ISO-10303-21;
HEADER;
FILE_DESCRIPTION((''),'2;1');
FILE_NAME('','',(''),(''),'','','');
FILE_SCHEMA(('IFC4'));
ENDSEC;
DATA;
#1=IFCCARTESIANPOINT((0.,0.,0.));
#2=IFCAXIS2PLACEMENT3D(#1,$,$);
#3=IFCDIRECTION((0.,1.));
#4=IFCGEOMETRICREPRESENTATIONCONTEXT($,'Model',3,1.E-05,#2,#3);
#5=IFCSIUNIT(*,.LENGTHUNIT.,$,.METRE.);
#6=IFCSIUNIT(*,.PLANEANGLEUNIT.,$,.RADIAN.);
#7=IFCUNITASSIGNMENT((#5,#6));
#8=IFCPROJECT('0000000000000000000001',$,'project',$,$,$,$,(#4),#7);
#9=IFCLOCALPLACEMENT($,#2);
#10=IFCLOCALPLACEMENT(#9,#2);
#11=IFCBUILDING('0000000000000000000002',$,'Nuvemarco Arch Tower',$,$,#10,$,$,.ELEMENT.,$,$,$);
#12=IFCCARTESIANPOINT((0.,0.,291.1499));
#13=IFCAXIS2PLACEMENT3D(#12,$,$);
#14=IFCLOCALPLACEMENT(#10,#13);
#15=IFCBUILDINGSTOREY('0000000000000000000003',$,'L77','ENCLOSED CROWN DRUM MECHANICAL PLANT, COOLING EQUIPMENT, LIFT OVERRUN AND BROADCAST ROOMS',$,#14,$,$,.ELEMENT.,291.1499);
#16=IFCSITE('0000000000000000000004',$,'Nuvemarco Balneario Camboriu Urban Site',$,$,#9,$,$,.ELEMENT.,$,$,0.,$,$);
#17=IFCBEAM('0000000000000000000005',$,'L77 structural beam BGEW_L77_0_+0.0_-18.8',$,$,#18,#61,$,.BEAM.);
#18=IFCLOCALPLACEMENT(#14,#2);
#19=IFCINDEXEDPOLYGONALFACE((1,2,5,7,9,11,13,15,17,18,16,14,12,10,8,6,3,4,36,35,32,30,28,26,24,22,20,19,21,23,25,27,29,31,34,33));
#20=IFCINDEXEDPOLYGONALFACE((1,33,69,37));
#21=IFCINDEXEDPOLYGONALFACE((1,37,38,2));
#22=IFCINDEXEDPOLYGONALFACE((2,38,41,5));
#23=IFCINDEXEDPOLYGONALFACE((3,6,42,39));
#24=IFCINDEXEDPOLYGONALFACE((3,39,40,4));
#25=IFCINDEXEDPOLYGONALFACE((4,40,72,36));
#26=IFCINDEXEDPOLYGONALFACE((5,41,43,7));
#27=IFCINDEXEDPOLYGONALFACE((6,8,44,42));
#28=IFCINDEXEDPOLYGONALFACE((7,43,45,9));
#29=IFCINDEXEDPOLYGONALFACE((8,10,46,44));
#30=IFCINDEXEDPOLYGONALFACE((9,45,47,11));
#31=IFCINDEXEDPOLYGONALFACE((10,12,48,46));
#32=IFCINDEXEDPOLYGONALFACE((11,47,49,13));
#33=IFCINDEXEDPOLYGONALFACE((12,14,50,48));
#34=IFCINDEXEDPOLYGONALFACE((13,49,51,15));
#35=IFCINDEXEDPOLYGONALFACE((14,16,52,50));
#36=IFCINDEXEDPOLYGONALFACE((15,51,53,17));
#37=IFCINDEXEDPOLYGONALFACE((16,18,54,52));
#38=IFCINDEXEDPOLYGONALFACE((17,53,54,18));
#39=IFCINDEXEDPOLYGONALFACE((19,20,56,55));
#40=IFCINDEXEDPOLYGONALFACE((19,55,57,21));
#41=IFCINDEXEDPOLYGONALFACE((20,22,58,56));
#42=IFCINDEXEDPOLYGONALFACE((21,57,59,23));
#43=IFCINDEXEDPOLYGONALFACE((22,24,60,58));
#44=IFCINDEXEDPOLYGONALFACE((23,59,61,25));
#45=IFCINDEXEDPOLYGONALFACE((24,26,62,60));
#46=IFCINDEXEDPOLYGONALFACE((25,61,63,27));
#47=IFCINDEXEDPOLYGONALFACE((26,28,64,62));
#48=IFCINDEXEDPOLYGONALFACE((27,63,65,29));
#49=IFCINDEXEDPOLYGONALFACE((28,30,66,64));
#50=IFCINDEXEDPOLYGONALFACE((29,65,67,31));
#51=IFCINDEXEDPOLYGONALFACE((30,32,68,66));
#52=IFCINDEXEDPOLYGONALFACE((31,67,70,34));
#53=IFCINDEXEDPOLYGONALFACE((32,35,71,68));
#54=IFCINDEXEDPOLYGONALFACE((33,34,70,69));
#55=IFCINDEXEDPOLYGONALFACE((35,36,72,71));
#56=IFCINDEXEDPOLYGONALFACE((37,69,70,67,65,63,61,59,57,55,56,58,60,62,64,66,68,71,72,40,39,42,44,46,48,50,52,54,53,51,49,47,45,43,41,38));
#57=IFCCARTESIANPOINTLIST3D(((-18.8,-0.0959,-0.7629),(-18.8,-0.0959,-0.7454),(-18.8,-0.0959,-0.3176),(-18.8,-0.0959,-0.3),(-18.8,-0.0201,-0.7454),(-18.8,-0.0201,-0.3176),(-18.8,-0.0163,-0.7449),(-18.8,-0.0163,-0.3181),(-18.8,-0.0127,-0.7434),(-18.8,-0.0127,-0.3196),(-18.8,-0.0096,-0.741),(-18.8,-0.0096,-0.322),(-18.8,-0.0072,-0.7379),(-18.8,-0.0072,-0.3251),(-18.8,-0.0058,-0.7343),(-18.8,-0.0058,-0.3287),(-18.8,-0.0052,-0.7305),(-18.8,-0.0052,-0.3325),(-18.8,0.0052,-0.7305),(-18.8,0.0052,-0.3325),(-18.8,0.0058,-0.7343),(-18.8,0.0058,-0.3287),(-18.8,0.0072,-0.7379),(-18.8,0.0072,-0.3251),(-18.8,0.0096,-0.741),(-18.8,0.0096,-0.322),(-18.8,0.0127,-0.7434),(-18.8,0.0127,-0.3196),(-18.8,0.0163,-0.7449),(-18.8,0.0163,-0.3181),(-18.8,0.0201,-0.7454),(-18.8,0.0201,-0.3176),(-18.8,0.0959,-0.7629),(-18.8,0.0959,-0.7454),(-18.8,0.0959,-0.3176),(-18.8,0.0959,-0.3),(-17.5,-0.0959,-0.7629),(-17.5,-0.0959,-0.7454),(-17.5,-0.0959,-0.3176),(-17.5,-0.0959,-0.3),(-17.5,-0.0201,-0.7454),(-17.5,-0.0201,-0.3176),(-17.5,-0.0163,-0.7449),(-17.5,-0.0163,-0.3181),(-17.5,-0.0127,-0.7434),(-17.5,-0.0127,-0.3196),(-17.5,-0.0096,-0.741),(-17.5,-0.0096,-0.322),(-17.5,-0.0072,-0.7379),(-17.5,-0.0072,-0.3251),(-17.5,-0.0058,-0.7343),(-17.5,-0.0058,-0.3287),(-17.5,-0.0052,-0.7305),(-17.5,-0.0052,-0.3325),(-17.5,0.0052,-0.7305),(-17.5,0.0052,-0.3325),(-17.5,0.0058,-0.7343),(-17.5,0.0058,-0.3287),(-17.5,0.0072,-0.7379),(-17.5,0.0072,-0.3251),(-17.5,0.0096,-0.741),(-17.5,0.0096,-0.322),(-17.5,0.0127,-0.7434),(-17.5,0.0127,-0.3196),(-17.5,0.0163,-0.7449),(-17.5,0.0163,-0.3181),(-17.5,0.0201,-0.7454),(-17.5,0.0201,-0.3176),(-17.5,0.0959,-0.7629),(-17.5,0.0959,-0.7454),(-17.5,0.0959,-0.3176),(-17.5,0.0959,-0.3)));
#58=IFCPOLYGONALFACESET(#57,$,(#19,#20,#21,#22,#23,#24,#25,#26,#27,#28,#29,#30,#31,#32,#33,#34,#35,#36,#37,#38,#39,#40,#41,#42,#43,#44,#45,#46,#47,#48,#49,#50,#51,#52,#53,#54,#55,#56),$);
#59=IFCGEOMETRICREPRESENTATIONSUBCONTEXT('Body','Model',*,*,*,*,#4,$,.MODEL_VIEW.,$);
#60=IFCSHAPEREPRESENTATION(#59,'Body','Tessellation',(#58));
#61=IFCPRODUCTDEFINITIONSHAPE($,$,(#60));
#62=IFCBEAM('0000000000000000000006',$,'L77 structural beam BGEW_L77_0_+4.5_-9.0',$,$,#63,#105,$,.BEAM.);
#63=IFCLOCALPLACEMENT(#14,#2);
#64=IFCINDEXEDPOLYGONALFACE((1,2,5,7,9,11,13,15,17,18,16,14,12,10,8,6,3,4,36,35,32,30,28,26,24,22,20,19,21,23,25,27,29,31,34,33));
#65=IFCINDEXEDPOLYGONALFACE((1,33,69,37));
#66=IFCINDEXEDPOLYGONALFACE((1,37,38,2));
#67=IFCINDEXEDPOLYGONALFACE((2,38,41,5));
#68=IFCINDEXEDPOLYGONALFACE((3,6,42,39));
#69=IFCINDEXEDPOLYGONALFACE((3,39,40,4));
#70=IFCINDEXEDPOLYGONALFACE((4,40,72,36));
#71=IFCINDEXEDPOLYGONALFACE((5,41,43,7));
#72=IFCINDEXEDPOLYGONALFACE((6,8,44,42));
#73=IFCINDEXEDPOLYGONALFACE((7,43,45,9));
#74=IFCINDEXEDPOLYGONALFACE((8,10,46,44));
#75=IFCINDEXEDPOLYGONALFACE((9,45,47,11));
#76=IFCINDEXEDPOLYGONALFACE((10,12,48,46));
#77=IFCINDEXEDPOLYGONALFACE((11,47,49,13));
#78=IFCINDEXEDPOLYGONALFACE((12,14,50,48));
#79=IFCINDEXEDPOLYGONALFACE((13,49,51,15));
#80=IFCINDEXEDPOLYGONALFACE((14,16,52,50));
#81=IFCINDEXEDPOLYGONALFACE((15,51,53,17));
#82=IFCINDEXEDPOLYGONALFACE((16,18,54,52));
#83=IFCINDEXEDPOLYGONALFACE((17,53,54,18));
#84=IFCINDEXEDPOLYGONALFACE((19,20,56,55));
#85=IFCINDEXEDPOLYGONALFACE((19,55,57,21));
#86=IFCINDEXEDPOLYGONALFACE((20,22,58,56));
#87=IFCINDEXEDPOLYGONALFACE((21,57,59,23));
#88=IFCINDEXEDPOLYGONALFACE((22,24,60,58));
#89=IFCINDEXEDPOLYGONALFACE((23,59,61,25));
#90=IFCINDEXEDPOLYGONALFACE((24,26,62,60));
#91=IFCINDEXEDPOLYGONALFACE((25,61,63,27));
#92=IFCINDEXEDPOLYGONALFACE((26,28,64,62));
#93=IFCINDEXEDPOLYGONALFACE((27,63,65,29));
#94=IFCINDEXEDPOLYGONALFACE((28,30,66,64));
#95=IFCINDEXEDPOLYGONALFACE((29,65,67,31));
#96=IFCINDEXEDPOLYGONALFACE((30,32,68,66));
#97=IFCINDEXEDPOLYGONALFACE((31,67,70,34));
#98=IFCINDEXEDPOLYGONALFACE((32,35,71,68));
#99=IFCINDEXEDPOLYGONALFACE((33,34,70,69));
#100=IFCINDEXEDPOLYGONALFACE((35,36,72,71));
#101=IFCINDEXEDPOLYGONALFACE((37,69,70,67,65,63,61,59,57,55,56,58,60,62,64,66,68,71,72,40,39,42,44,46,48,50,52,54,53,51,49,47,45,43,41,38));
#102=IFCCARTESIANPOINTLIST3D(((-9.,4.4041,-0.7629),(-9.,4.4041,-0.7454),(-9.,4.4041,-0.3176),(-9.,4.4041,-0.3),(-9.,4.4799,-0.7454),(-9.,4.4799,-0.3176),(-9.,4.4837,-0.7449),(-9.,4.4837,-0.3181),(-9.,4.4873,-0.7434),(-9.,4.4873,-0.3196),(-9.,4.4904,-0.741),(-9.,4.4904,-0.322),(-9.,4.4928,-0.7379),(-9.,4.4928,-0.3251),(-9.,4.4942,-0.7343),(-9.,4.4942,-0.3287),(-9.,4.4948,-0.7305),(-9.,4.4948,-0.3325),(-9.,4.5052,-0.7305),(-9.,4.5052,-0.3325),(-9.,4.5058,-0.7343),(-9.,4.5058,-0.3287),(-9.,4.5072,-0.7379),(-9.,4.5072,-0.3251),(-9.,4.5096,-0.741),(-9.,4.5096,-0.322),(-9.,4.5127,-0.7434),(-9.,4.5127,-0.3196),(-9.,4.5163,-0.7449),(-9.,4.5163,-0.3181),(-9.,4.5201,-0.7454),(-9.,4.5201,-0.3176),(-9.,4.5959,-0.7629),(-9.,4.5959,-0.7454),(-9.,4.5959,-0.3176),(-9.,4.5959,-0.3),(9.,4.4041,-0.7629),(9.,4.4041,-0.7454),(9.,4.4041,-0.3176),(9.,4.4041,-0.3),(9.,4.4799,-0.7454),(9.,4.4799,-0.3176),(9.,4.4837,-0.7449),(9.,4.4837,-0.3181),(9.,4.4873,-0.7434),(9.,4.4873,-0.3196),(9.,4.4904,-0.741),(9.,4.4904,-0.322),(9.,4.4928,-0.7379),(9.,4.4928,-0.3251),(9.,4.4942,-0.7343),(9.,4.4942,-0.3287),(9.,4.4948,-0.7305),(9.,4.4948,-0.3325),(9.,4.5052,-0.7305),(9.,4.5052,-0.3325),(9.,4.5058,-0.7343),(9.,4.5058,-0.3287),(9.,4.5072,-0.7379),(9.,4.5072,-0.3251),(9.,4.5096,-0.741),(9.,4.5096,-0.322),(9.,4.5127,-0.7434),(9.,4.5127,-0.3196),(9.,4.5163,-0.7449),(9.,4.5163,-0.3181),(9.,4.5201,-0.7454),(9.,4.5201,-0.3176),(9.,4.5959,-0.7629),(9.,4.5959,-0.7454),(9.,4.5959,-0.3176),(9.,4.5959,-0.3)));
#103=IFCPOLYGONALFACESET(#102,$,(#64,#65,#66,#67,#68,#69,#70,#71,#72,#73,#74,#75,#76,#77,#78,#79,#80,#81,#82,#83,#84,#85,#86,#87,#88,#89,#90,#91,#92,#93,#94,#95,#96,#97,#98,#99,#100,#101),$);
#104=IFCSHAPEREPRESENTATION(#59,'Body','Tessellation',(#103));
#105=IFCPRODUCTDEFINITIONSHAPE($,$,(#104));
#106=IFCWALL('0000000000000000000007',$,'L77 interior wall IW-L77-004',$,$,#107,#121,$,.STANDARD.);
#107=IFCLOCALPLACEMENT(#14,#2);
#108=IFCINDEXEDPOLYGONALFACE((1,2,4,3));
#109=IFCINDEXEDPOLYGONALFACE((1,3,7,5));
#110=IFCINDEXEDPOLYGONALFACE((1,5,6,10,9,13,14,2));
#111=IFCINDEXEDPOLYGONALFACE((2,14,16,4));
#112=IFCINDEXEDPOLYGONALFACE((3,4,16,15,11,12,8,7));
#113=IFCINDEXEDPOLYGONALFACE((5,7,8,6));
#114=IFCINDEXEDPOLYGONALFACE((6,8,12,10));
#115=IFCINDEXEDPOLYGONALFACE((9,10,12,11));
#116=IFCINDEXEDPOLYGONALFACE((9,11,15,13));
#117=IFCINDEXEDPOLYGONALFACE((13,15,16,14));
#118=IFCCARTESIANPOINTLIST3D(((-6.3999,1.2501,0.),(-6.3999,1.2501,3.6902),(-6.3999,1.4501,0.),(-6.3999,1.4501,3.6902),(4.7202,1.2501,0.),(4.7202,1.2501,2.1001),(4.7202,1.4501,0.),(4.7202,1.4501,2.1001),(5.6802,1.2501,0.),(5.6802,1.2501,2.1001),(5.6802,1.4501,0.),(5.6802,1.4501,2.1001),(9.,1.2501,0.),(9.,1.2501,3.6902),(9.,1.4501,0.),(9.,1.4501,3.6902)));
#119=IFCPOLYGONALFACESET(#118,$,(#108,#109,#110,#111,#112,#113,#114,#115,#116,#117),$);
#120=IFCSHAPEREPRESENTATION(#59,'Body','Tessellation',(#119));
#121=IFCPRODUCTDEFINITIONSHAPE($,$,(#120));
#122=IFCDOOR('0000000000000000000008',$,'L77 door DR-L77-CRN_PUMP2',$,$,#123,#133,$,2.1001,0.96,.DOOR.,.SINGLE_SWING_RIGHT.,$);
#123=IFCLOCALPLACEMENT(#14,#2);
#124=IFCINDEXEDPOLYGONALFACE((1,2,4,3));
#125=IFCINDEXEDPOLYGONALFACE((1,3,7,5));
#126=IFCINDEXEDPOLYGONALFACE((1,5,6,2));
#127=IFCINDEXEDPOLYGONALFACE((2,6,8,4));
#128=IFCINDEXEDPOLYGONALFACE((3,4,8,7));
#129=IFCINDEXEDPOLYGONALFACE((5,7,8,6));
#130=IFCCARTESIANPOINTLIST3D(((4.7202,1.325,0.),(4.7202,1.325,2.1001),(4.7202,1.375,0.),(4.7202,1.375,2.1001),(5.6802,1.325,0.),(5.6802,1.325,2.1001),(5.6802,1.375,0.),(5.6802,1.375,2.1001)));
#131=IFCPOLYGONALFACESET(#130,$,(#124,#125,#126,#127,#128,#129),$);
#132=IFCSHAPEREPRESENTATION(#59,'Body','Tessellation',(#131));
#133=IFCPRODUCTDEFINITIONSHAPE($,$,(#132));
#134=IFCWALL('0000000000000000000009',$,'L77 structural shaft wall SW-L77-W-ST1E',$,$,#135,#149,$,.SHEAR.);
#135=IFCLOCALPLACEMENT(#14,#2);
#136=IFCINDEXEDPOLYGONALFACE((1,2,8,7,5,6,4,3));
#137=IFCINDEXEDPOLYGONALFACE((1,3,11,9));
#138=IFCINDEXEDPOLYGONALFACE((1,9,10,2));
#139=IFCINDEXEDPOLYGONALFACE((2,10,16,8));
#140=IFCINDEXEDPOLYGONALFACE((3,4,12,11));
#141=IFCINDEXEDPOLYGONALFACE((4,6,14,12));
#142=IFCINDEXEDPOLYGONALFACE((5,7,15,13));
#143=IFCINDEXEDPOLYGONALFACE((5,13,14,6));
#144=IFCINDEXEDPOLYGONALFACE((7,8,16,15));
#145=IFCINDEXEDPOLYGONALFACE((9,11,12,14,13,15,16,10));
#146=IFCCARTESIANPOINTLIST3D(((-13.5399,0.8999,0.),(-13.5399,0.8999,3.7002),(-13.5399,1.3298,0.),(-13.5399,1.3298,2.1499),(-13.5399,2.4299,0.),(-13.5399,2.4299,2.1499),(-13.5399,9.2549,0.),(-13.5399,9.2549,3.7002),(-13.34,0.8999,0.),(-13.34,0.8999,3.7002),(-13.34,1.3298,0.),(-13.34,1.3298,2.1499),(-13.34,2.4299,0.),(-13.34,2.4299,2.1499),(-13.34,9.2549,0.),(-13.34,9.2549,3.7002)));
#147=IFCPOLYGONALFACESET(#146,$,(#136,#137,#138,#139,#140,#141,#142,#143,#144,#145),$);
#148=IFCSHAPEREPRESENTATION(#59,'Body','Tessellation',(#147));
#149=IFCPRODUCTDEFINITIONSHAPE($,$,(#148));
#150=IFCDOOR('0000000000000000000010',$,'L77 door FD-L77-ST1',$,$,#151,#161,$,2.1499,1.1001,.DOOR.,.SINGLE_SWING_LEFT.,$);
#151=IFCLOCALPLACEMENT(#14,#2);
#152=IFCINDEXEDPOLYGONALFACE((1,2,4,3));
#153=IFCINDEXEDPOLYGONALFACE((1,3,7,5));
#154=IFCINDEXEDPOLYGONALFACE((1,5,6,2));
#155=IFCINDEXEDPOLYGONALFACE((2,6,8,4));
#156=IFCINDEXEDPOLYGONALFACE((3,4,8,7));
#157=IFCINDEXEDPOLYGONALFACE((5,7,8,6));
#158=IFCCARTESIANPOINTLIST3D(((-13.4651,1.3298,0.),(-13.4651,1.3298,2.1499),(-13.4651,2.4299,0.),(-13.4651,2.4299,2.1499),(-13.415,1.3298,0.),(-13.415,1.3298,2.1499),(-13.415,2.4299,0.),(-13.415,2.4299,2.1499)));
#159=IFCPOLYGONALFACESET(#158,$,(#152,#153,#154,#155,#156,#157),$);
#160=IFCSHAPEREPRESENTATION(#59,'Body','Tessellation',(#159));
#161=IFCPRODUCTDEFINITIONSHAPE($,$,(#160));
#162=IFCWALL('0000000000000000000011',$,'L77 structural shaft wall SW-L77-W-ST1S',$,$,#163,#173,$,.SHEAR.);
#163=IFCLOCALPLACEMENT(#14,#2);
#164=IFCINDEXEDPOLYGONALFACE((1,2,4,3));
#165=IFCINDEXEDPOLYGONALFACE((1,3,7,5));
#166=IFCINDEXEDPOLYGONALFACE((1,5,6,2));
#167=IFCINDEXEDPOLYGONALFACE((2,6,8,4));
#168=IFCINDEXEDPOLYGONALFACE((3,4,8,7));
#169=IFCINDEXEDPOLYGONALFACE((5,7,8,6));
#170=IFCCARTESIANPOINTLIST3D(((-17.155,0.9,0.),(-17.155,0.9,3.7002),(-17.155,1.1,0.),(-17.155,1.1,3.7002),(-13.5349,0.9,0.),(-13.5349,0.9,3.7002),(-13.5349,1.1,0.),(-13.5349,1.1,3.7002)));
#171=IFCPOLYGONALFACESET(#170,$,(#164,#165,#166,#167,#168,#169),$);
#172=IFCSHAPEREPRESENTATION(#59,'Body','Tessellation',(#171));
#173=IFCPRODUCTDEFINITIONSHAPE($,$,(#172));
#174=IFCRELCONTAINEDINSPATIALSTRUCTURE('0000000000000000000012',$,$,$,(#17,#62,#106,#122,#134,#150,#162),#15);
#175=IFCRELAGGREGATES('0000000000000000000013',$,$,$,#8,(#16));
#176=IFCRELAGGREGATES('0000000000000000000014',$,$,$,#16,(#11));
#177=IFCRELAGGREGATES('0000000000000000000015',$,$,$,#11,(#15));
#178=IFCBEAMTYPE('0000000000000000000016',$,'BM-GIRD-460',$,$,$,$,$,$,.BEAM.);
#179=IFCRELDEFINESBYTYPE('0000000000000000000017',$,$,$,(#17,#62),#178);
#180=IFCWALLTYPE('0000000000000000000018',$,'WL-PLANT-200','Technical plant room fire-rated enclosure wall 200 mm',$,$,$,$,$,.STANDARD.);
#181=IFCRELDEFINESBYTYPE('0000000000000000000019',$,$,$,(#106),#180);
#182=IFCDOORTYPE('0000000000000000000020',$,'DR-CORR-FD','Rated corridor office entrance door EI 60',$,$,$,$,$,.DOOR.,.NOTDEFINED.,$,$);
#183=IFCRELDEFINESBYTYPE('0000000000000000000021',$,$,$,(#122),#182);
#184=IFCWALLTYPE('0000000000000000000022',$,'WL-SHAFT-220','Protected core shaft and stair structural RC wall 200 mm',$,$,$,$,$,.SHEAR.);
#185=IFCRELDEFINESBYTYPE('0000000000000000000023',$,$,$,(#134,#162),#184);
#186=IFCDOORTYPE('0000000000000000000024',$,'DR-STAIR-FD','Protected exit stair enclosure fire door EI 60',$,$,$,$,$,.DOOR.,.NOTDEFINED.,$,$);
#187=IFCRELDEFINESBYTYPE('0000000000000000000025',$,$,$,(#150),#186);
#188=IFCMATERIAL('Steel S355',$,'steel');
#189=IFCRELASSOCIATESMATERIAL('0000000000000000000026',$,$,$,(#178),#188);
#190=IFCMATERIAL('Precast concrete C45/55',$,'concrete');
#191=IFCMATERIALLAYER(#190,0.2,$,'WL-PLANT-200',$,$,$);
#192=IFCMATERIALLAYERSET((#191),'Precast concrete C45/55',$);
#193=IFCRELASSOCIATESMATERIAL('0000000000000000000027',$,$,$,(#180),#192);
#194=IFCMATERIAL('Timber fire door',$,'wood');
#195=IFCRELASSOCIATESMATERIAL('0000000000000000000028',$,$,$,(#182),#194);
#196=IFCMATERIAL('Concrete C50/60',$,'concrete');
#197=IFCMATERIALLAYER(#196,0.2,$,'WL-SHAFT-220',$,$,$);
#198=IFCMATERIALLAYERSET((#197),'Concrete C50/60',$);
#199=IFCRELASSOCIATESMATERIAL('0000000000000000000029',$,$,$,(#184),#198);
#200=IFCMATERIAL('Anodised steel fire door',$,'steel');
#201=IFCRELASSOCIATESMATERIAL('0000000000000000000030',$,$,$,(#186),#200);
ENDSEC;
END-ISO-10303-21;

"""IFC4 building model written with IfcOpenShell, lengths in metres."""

from ifc_helpers import new_model, si_unit, direction, frame, frame_2d, origin, origin_2d, place, context, subcontext, project, spatial, rectangle, i_section, extrude, source, transform, mapped, material, layer, layer_set, material_profile, profile_set, type_object, type_shapes, element, fill, save


model = new_model("IFC4")

# Units and contexts
model_context = context("Model", 3, precision=1e-05, world=origin(), true_north=direction((0.0, 1.0)))
body_context = subcontext(model_context, "Body", "Model", "MODEL_VIEW")
ifc_project = project(units=[si_unit("LENGTHUNIT", "METRE"), si_unit("PLANEANGLEUNIT", "RADIAN")], contexts=[model_context])

# Site, building, storey
site_placement = place(None, origin())
site = spatial("IfcSite", under=ifc_project, at=site_placement, Name="Nuvemarco Balneario Camboriu Urban Site", CompositionType="ELEMENT", RefElevation=0.0)
building_placement = place(site_placement, origin())
building = spatial("IfcBuilding", under=site, at=building_placement, Name="Nuvemarco Arch Tower", CompositionType="ELEMENT")
storey_placement = place(building_placement, frame((0.0, 0.0, 291.1499)))
storey = spatial("IfcBuildingStorey", under=building, at=storey_placement, Name="L77", Description="ENCLOSED CROWN DRUM MECHANICAL PLANT, COOLING EQUIPMENT, LIFT OVERRUN AND BROADCAST ROOMS", CompositionType="ELEMENT", Elevation=291.1499)

# Shared definitions
ifc_material_1 = material(Name="Concrete C50/60", Category="concrete")

# Beams
ifc_material_2 = material(Name="Steel S355", Category="steel")
ifc_material_profile_1 = material_profile(ifc_material_2, i_section(OverallWidth=0.1919, OverallDepth=0.4629, WebThickness=0.0105, FlangeThickness=0.0176, FilletRadius=0.0149, at=origin_2d()), Name="W460x89")
ifc_profile_set_1 = profile_set([ifc_material_profile_1], Name="Steel S355")
beam_type = type_object("IfcBeamType", Name="BM-GIRD-460", PredefinedType="BEAM", material=ifc_profile_set_1)
beam_1_placement = place(storey_placement, frame((-18.8, 0.0, -0.5315), z_axis=(1.0, 0.0, 0.0), x_axis=(0.0, 1.0, 0.0)))
element("IfcBeam", 1, at=beam_1_placement, inside=storey, type_object=beam_type, Name="L77 structural beam BGEW_L77_0_+0.0_-18.8", PredefinedType="BEAM", context=body_context, shape_type="SweptSolid", body=[
    extrude(i_section(OverallWidth=0.1919, OverallDepth=0.4629, WebThickness=0.0105, FlangeThickness=0.0176, FilletRadius=0.0149, at=origin_2d()), origin(), (0.0, 0.0, 1.0), 1.3),
])
beam_2_placement = place(storey_placement, frame((-9.0, 4.5, -0.5315), z_axis=(1.0, 0.0, 0.0), x_axis=(0.0, 1.0, 0.0)))
element("IfcBeam", 2, at=beam_2_placement, inside=storey, type_object=beam_type, Name="L77 structural beam BGEW_L77_0_+4.5_-9.0", PredefinedType="BEAM", context=body_context, shape_type="SweptSolid", body=[
    extrude(i_section(OverallWidth=0.1919, OverallDepth=0.4629, WebThickness=0.0105, FlangeThickness=0.0176, FilletRadius=0.0149, at=origin_2d()), origin(), (0.0, 0.0, 1.0), 18.0),
])

# Walls, openings, doors
ifc_material_3 = material(Name="Precast concrete C45/55", Category="concrete")
ifc_layer_1 = layer(ifc_material_3, 0.2, Name="WL-PLANT-200")
ifc_layer_set_1 = layer_set([ifc_layer_1], Name="Precast concrete C45/55")
wall_type_1 = type_object("IfcWallType", Name="WL-PLANT-200", Description="Technical plant room fire-rated enclosure wall 200 mm", PredefinedType="STANDARD", material=ifc_layer_set_1)
wall_1_placement = place(storey_placement, frame((-6.3999, 1.3501, 0.0), z_axis=(0.0, 0.0, 1.0), x_axis=(1.0, 0.0, 0.0)))
wall_1 = element("IfcWall", 3, at=wall_1_placement, inside=storey, type_object=wall_type_1, Name="L77 interior wall IW-L77-004", PredefinedType="STANDARD", context=body_context, shape_type="SweptSolid", body=[
    extrude(rectangle(XDim=15.3999, YDim=0.2, at=frame_2d((7.7, 0.0))), origin(), (0.0, 0.0, 1.0), 3.6902),
])
opening_1_placement = place(wall_1_placement, frame((11.1201, 0.0, 0.0)))
opening_1 = element("IfcOpeningElement", 4, at=opening_1_placement, cuts=wall_1, PredefinedType="OPENING", context=body_context, shape_type="SweptSolid", body=[
    extrude(rectangle(XDim=0.96, YDim=2.1001, at=frame_2d((0.48, 1.05))), frame((0.0, 0.1099, 0.0), z_axis=(0.0, -1.0, 0.0), x_axis=(1.0, 0.0, 0.0)), (0.0, 0.0, 1.0), 0.22),
])
ifc_material_4 = material(Name="Timber fire door", Category="wood")
door_type_1 = type_object("IfcDoorType", Name="DR-CORR-FD", Description="Rated corridor office entrance door EI 60", OperationType="NOTDEFINED", PredefinedType="DOOR", material=ifc_material_4)
shared_shape_1 = source(origin(), body_context, "Body", "SweptSolid", [
    extrude(rectangle(XDim=0.96, YDim=2.1001, at=frame_2d((0.48, 1.05))), frame((0.0, 0.0249, 0.0), z_axis=(0.0, -1.0, 0.0), x_axis=(1.0, 0.0, 0.0)), (0.0, 0.0, 1.0), 0.05),
])
type_shapes(door_type_1, [shared_shape_1])
door_1_placement = place(opening_1_placement, origin())
door_1 = element("IfcDoor", 5, at=door_1_placement, inside=storey, type_object=door_type_1, Name="L77 door DR-L77-CRN_PUMP2", OperationType="SINGLE_SWING_RIGHT", OverallHeight=2.1001, OverallWidth=0.96, PredefinedType="DOOR", context=body_context, shape_type="MappedRepresentation", body=[
    mapped(shared_shape_1, transform((0.0, 0.0, 0.0), scale=1.0)),
])
fill(opening_1, door_1)
ifc_layer_2 = layer(ifc_material_1, 0.2, Name="WL-SHAFT-220")
ifc_layer_set_2 = layer_set([ifc_layer_2], Name="Concrete C50/60")
wall_type_2 = type_object("IfcWallType", Name="WL-SHAFT-220", Description="Protected core shaft and stair structural RC wall 200 mm", PredefinedType="SHEAR", material=ifc_layer_set_2)
wall_2_placement = place(storey_placement, frame((-13.4399, 0.8999, 0.0), z_axis=(0.0, 0.0, 1.0), x_axis=(0.0, 1.0, 0.0)))
wall_2 = element("IfcWall", 6, at=wall_2_placement, inside=storey, type_object=wall_type_2, Name="L77 structural shaft wall SW-L77-W-ST1E", PredefinedType="SHEAR", context=body_context, shape_type="SweptSolid", body=[
    extrude(rectangle(XDim=8.355, YDim=0.2, at=frame_2d((4.1775, 0.0))), origin(), (0.0, 0.0, 1.0), 3.7002),
])
opening_2_placement = place(wall_2_placement, frame((1.53, 0.0, 0.0), z_axis=(0.0, 0.0, 1.0), x_axis=(-1.0, 0.0, 0.0)))
opening_2 = element("IfcOpeningElement", 7, at=opening_2_placement, cuts=wall_2, PredefinedType="OPENING", context=body_context, shape_type="SweptSolid", body=[
    extrude(rectangle(XDim=1.1001, YDim=2.1499, at=frame_2d((0.55, 1.075))), frame((0.0, 0.1099, 0.0), z_axis=(0.0, -1.0, 0.0), x_axis=(1.0, 0.0, 0.0)), (0.0, 0.0, 1.0), 0.22),
])
ifc_material_5 = material(Name="Anodised steel fire door", Category="steel")
door_type_2 = type_object("IfcDoorType", Name="DR-STAIR-FD", Description="Protected exit stair enclosure fire door EI 60", OperationType="NOTDEFINED", PredefinedType="DOOR", material=ifc_material_5)
shared_shape_2 = source(origin(), body_context, "Body", "SweptSolid", [
    extrude(rectangle(XDim=1.1001, YDim=2.1499, at=frame_2d((0.55, 1.075))), frame((0.0, 0.0249, 0.0), z_axis=(0.0, -1.0, 0.0), x_axis=(1.0, 0.0, 0.0)), (0.0, 0.0, 1.0), 0.05),
])
type_shapes(door_type_2, [shared_shape_2])
door_2_placement = place(opening_2_placement, origin())
door_2 = element("IfcDoor", 8, at=door_2_placement, inside=storey, type_object=door_type_2, Name="L77 door FD-L77-ST1", OperationType="SINGLE_SWING_LEFT", OverallHeight=2.1499, OverallWidth=1.1001, PredefinedType="DOOR", context=body_context, shape_type="MappedRepresentation", body=[
    mapped(shared_shape_2, transform((0.0, 0.0, 0.0), scale=1.0)),
])
fill(opening_2, door_2)

# Wall
wall_3_placement = place(storey_placement, frame((-17.155, 1.0, 0.0), z_axis=(0.0, 0.0, 1.0), x_axis=(1.0, 0.0, 0.0)))
element("IfcWall", 9, at=wall_3_placement, inside=storey, type_object=wall_type_2, Name="L77 structural shaft wall SW-L77-W-ST1S", PredefinedType="SHEAR", context=body_context, shape_type="SweptSolid", body=[
    extrude(rectangle(XDim=3.6201, YDim=0.2, at=frame_2d((1.8101, 0.0))), origin(), (0.0, 0.0, 1.0), 3.7002),
])

save(model, "model.ifc")
